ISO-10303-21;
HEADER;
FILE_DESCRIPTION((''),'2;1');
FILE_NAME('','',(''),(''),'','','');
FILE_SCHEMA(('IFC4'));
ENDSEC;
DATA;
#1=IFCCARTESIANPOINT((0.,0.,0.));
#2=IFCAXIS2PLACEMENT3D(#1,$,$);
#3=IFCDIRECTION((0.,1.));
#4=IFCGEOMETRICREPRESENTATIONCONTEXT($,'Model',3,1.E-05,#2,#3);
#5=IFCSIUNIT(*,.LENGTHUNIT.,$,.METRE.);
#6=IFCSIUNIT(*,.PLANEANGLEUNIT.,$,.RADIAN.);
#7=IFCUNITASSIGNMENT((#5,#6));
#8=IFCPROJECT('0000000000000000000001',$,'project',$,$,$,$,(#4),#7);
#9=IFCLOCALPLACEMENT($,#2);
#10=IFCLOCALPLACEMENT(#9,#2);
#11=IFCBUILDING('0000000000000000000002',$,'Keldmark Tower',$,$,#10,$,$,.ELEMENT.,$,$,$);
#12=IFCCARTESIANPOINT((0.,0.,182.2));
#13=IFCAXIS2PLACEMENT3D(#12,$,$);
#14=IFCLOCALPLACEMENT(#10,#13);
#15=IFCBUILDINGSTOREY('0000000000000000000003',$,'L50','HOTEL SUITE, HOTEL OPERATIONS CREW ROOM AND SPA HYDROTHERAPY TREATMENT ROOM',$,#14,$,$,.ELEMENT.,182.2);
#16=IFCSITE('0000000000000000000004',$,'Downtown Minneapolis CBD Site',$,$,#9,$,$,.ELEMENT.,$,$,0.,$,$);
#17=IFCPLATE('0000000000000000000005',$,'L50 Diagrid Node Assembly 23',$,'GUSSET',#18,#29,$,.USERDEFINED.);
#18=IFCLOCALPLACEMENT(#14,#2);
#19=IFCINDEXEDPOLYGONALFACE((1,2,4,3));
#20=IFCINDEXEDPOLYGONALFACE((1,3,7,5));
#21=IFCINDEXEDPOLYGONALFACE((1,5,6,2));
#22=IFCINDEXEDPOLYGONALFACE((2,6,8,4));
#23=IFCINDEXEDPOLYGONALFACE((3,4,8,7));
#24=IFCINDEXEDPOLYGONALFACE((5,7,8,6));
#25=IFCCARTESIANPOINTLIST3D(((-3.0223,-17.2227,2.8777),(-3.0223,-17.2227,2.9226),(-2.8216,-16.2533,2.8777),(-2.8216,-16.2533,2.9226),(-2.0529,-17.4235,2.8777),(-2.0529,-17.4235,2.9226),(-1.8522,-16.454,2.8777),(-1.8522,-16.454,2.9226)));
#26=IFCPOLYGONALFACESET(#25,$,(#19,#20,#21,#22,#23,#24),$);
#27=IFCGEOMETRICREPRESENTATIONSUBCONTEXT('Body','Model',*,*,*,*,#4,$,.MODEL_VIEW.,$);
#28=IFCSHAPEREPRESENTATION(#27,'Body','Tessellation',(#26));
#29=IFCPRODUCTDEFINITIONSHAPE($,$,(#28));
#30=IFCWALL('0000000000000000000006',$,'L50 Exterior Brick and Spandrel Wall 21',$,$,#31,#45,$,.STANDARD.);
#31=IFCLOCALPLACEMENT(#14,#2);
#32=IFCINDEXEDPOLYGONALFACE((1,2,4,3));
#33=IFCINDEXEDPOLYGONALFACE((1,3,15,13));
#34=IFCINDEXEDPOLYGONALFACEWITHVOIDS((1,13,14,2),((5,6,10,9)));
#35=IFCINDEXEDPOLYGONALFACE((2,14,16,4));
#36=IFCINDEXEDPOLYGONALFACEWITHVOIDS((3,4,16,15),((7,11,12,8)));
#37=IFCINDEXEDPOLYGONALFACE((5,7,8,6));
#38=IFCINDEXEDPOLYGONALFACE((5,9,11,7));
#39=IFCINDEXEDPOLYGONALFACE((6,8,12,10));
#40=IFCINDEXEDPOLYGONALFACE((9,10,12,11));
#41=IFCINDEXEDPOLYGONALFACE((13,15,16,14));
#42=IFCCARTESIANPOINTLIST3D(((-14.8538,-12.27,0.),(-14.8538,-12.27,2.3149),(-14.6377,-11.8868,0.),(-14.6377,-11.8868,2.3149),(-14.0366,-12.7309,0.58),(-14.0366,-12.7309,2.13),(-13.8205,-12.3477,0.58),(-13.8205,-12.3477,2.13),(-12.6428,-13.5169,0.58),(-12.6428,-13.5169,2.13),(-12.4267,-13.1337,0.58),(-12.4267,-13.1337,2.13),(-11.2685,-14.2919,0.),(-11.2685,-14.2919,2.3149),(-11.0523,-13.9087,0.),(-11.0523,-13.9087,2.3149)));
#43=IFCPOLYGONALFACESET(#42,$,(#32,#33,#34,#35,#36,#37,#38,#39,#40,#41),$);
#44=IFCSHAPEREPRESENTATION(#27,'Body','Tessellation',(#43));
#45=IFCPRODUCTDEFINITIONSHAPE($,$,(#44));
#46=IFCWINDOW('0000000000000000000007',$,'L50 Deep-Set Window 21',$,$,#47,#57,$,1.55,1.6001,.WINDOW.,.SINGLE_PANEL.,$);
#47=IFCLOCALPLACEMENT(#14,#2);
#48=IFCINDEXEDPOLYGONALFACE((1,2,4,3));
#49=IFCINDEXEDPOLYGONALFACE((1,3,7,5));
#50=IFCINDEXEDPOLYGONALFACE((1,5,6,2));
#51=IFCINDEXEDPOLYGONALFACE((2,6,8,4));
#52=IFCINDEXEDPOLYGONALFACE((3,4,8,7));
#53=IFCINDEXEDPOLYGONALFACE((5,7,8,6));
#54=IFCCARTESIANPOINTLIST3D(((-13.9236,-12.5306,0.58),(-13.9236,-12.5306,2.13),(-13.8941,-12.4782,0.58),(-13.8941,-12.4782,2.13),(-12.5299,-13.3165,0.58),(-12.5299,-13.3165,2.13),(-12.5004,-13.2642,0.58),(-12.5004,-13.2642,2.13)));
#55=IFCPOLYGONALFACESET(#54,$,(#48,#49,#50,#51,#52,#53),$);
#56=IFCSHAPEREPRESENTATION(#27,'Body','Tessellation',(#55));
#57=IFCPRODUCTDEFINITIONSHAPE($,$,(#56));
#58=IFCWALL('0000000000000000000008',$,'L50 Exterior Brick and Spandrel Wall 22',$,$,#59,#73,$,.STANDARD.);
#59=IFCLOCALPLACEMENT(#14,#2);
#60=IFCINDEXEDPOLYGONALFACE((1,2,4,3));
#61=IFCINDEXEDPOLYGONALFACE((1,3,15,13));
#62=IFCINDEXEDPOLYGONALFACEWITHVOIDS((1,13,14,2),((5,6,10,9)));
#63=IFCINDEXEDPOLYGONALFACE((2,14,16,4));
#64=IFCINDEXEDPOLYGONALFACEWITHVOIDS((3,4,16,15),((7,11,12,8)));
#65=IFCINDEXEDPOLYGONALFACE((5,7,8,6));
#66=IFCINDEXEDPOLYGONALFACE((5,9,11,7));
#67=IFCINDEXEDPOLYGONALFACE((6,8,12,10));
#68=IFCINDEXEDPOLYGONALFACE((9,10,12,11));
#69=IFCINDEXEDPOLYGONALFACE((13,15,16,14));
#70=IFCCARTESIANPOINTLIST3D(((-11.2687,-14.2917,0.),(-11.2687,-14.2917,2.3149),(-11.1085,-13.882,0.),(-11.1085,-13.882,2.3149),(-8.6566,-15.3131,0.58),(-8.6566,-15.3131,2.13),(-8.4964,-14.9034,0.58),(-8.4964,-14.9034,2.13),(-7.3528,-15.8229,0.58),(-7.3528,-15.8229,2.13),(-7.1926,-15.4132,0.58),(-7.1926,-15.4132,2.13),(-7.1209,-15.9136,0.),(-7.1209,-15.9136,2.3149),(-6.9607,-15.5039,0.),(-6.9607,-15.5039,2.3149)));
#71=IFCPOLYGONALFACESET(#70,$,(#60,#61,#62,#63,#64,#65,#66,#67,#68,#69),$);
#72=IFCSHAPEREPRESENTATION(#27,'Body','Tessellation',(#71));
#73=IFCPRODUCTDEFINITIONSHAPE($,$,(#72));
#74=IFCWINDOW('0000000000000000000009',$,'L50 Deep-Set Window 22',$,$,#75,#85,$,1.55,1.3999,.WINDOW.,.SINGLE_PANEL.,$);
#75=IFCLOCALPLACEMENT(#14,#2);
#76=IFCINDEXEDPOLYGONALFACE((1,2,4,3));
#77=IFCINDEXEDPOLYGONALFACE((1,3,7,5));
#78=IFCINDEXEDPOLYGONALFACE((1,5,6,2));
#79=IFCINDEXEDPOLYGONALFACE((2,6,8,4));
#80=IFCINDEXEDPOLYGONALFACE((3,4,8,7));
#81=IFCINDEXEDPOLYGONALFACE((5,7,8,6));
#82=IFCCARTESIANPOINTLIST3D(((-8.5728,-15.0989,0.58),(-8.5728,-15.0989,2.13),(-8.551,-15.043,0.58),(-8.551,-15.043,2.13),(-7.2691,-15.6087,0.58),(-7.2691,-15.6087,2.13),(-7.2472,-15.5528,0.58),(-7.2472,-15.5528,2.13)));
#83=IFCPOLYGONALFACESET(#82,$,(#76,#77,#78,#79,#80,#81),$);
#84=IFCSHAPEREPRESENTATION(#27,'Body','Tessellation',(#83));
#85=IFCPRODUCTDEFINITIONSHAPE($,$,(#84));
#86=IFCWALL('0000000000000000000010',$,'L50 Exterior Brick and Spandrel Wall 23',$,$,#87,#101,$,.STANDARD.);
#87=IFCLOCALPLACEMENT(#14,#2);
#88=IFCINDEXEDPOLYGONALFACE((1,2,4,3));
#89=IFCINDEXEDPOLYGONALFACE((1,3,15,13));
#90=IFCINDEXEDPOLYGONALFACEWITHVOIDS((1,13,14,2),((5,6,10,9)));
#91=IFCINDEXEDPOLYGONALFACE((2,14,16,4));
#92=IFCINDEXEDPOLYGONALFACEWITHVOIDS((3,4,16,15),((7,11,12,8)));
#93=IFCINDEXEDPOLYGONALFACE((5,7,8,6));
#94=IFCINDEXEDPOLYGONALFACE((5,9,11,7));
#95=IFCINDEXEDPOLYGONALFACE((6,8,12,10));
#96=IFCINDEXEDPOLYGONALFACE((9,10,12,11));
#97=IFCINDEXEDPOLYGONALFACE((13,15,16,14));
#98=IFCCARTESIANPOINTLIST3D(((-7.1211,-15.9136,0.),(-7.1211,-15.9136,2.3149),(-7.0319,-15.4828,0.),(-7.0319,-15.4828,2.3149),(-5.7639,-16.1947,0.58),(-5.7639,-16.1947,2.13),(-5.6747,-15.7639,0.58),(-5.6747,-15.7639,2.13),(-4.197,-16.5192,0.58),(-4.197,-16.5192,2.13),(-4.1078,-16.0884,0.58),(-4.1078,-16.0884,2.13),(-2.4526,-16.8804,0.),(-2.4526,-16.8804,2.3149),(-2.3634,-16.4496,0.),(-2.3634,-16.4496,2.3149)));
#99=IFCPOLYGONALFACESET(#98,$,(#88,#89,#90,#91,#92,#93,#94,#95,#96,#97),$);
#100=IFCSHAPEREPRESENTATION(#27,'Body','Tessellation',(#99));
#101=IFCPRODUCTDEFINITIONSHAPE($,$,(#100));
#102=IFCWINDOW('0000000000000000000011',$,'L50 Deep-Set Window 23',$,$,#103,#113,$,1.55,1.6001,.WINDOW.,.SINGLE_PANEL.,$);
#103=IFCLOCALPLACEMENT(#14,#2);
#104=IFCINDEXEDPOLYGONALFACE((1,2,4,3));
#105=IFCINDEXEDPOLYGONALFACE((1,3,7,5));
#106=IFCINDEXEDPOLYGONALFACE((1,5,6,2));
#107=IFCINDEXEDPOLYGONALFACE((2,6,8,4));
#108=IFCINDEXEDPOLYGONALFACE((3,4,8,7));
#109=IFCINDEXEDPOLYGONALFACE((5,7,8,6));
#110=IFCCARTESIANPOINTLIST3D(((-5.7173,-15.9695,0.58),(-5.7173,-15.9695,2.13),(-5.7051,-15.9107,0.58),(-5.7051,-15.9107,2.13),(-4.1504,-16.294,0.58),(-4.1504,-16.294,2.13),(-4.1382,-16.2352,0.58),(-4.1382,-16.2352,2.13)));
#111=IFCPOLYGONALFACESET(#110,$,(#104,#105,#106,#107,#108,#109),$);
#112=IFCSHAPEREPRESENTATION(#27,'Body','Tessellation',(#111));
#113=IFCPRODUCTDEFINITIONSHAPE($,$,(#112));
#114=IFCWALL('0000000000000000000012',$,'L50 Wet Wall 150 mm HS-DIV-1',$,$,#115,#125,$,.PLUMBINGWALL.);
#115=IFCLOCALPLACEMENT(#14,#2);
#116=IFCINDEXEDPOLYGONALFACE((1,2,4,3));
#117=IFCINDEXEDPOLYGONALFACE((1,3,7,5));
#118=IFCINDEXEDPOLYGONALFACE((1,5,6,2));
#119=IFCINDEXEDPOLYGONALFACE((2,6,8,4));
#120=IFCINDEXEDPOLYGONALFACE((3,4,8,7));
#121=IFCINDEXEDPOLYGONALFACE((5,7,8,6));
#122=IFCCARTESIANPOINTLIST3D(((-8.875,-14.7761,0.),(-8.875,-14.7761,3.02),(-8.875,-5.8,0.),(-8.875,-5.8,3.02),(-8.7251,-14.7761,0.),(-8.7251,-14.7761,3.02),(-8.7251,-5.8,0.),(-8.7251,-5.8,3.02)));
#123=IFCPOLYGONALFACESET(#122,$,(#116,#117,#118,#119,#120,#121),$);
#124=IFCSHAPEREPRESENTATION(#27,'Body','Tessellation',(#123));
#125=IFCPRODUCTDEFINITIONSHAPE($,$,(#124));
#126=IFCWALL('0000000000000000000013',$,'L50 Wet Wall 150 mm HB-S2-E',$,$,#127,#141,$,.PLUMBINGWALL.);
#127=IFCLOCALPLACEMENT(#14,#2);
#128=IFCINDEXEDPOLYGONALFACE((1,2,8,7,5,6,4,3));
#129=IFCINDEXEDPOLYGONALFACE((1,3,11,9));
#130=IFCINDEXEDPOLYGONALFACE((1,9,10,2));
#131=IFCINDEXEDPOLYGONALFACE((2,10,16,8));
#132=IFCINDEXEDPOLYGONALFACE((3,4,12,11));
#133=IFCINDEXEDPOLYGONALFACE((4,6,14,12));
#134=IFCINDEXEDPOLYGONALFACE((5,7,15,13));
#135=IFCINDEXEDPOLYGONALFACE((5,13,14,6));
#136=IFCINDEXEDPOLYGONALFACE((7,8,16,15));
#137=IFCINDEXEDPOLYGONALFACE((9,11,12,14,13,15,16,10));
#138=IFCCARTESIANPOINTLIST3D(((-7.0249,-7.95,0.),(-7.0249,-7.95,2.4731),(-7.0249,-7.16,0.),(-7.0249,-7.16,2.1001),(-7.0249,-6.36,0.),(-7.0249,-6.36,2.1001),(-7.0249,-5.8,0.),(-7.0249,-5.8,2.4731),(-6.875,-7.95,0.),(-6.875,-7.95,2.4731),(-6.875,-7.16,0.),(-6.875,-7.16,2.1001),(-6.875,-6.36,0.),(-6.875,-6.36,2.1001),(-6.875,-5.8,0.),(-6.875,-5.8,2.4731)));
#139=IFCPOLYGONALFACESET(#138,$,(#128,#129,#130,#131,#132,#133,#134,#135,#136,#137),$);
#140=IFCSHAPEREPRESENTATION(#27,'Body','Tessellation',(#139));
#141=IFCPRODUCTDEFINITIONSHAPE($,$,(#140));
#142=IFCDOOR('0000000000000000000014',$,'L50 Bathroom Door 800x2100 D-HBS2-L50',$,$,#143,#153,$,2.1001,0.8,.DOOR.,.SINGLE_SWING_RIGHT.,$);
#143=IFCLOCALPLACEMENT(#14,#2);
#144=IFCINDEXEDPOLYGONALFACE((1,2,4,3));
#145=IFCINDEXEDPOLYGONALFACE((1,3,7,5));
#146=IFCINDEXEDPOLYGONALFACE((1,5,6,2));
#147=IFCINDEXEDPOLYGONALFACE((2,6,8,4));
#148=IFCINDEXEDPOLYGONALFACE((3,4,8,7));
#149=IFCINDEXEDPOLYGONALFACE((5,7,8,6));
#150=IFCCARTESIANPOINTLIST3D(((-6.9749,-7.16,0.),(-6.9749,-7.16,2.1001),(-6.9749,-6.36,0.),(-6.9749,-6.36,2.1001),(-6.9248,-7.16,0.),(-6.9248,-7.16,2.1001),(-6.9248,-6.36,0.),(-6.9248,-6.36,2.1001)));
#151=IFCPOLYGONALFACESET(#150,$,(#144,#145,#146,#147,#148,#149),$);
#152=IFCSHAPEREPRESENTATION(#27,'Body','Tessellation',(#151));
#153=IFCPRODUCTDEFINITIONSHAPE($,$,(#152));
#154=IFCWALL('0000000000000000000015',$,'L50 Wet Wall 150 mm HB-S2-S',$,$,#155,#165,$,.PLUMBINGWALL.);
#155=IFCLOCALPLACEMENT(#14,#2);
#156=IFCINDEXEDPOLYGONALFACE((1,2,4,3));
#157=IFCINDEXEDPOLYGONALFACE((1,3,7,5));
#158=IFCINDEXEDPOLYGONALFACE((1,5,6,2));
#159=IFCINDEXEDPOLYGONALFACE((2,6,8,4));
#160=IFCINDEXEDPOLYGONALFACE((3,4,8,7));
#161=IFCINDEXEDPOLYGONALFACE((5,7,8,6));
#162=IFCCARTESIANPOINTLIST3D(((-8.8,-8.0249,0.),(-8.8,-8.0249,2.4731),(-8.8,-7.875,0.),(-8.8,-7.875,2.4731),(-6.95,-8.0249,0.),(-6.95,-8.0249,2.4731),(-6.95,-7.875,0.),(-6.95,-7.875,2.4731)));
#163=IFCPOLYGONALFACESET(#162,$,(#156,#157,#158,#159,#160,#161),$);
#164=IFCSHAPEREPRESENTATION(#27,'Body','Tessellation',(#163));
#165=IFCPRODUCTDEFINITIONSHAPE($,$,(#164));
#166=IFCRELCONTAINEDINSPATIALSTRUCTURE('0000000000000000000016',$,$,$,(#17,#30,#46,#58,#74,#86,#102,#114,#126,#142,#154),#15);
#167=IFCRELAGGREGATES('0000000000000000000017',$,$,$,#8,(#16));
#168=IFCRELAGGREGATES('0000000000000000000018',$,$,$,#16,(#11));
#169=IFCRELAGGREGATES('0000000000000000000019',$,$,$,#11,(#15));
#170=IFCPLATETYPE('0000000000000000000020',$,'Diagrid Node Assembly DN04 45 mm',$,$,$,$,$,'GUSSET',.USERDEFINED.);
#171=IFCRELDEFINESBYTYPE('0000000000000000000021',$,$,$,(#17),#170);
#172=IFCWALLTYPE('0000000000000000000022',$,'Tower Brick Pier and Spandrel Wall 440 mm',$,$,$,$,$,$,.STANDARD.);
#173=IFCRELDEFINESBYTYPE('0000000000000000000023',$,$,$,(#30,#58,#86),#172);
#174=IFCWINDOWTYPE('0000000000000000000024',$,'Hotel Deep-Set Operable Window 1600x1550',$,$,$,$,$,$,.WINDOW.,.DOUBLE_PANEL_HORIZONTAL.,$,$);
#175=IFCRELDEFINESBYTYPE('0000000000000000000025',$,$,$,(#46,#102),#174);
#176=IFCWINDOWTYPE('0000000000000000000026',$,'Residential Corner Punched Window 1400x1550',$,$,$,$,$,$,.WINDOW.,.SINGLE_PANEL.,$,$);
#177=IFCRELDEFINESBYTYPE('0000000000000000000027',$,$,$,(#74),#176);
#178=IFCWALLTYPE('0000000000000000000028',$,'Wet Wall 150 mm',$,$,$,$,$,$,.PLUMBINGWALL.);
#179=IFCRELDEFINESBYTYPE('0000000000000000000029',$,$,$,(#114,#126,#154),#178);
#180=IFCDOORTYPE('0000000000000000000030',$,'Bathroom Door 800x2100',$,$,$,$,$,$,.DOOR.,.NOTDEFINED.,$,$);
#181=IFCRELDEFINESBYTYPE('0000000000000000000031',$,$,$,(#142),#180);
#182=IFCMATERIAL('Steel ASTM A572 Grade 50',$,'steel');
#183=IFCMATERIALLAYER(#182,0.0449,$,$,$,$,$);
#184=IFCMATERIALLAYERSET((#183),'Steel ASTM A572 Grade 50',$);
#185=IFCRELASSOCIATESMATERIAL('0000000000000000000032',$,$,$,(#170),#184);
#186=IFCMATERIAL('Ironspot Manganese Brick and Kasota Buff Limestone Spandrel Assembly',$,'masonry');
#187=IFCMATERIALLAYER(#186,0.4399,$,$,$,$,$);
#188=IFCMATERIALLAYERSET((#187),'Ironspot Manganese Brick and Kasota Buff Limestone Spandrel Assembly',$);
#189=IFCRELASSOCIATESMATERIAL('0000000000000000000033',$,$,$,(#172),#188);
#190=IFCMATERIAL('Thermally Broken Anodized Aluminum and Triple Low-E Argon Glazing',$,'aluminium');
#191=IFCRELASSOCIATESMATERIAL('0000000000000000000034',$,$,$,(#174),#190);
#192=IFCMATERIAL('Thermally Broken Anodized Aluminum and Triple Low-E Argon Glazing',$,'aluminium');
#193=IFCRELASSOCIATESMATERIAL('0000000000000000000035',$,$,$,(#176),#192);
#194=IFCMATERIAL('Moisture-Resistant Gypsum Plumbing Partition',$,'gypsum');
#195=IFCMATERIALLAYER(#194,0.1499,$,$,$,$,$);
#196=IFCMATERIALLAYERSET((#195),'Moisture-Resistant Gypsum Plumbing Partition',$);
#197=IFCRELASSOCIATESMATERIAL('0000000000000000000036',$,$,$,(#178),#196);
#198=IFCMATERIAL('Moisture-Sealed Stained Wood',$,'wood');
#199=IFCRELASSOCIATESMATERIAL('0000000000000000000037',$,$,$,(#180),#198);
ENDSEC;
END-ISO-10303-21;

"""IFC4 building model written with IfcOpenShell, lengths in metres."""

from ifc_helpers import new_model, si_unit, direction, frame, frame_2d, origin, origin_2d, place, context, subcontext, project, spatial, rectangle, extrude, material, layer, layer_set, type_object, element, fill, save


model = new_model("IFC4")

# Units and contexts
model_context = context("Model", 3, precision=1e-05, world=origin(), true_north=direction((0.0, 1.0)))
body_context = subcontext(model_context, "Body", "Model", "MODEL_VIEW")
ifc_project = project(units=[si_unit("LENGTHUNIT", "METRE"), si_unit("PLANEANGLEUNIT", "RADIAN")], contexts=[model_context])

# Site, building, storey
site_placement = place(None, origin())
site = spatial("IfcSite", under=ifc_project, at=site_placement, Name="Downtown Minneapolis CBD Site", CompositionType="ELEMENT", RefElevation=0.0)
building_placement = place(site_placement, origin())
building = spatial("IfcBuilding", under=site, at=building_placement, Name="Keldmark Tower", CompositionType="ELEMENT")
storey_placement = place(building_placement, frame((0.0, 0.0, 182.2)))
storey = spatial("IfcBuildingStorey", under=building, at=storey_placement, Name="L50", Description="HOTEL SUITE, HOTEL OPERATIONS CREW ROOM AND SPA HYDROTHERAPY TREATMENT ROOM", CompositionType="ELEMENT", Elevation=182.2)

# Plate
ifc_material_1 = material(Name="Steel ASTM A572 Grade 50", Category="steel")
ifc_layer_1 = layer(ifc_material_1, 0.0449)
ifc_layer_set_1 = layer_set([ifc_layer_1], Name="Steel ASTM A572 Grade 50")
plate_type = type_object("IfcPlateType", Name="Diagrid Node Assembly DN04 45 mm", ElementType="GUSSET", PredefinedType="USERDEFINED", material=ifc_layer_set_1)
for number, where, z_axis, x_axis, name in (
    (1, (-2.4373, -16.8384, 2.8777), (0.0, 0.0, 1.0), (0.979223, -0.202787, 0.0), "L50 Diagrid Node Assembly 23"),
):
    element("IfcPlate", number, at=place(storey_placement, frame(where, z_axis=z_axis, x_axis=x_axis)), inside=storey, type_object=plate_type, Name=name, ObjectType="GUSSET", PredefinedType="USERDEFINED", context=body_context, shape_type="SweptSolid", body=[
        extrude(rectangle(XDim=0.99, YDim=0.99, at=origin_2d()), origin(), (0.0, 0.0, 1.0), 0.0449),
    ])

# Walls, openings, windows
ifc_material_2 = material(Name="Ironspot Manganese Brick and Kasota Buff Limestone Spandrel Assembly", Category="masonry")
ifc_layer_2 = layer(ifc_material_2, 0.4399)
ifc_layer_set_2 = layer_set([ifc_layer_2], Name="Ironspot Manganese Brick and Kasota Buff Limestone Spandrel Assembly")
wall_type_1 = type_object("IfcWallType", Name="Tower Brick Pier and Spandrel Wall 440 mm", PredefinedType="STANDARD", material=ifc_layer_set_2)
wall_1_placement = place(storey_placement, frame((-11.1604, -14.1003, 0.0), z_axis=(0.0, 0.0, 1.0), x_axis=(-0.87104, 0.491213, 0.0)))
wall_1 = element("IfcWall", 2, at=wall_1_placement, inside=storey, type_object=wall_type_1, Name="L50 Exterior Brick and Spandrel Wall 21", PredefinedType="STANDARD", context=body_context, shape_type="SweptSolid", body=[
    extrude(rectangle(XDim=4.1162, YDim=0.4399, at=frame_2d((2.0581, 0.0))), origin(), (0.0, 0.0, 1.0), 2.3149),
])
opening_1_placement = place(wall_1_placement, frame((1.5779, 0.0, 0.5801)))
opening_1 = element("IfcOpeningElement", 3, at=opening_1_placement, cuts=wall_1, PredefinedType="OPENING", context=body_context, shape_type="SweptSolid", body=[
    extrude(rectangle(XDim=1.6001, YDim=1.55, at=frame_2d((0.8, 0.7749))), frame((0.0, 0.23, 0.0), z_axis=(0.0, -1.0, 0.0), x_axis=(1.0, 0.0, 0.0)), (0.0, 0.0, 1.0), 0.46),
])
ifc_material_3 = material(Name="Thermally Broken Anodized Aluminum and Triple Low-E Argon Glazing", Category="aluminium")
window_type_1 = type_object("IfcWindowType", Name="Hotel Deep-Set Operable Window 1600x1550", PartitioningType="DOUBLE_PANEL_HORIZONTAL", PredefinedType="WINDOW", material=ifc_material_3)
window_1_placement = place(opening_1_placement, origin())
window_1 = element("IfcWindow", 4, at=window_1_placement, inside=storey, type_object=window_type_1, Name="L50 Deep-Set Window 21", OverallHeight=1.55, OverallWidth=1.6001, PartitioningType="SINGLE_PANEL", PredefinedType="WINDOW", context=body_context, shape_type="SweptSolid", body=[
    extrude(rectangle(XDim=1.6001, YDim=1.55, at=frame_2d((0.8, 0.7749))), frame((0.0, -0.01, 0.0), z_axis=(0.0, -1.0, 0.0), x_axis=(1.0, 0.0, 0.0)), (0.0, 0.0, 1.0), 0.0601),
])
fill(opening_1, window_1)
wall_2_placement = place(storey_placement, frame((-7.0408, -15.7087, 0.0), z_axis=(0.0, 0.0, 1.0), x_axis=(-0.931333, 0.364168, 0.0)))
wall_2 = element("IfcWall", 5, at=wall_2_placement, inside=storey, type_object=wall_type_1, Name="L50 Exterior Brick and Spandrel Wall 22", PredefinedType="STANDARD", context=body_context, shape_type="SweptSolid", body=[
    extrude(rectangle(XDim=4.4536, YDim=0.4399, at=frame_2d((2.2268, 0.0))), origin(), (0.0, 0.0, 1.0), 2.3149),
])
opening_2_placement = place(wall_2_placement, frame((0.249, 0.0, 0.5801)))
opening_2 = element("IfcOpeningElement", 6, at=opening_2_placement, cuts=wall_2, PredefinedType="OPENING", context=body_context, shape_type="SweptSolid", body=[
    extrude(rectangle(XDim=1.3999, YDim=1.55, at=frame_2d((0.7, 0.7749))), frame((0.0, 0.23, 0.0), z_axis=(0.0, -1.0, 0.0), x_axis=(1.0, 0.0, 0.0)), (0.0, 0.0, 1.0), 0.46),
])
ifc_material_4 = material(Name="Thermally Broken Anodized Aluminum and Triple Low-E Argon Glazing", Category="aluminium")
window_type_2 = type_object("IfcWindowType", Name="Residential Corner Punched Window 1400x1550", PartitioningType="SINGLE_PANEL", PredefinedType="WINDOW", material=ifc_material_4)
window_2_placement = place(opening_2_placement, origin())
window_2 = element("IfcWindow", 7, at=window_2_placement, inside=storey, type_object=window_type_2, Name="L50 Deep-Set Window 22", OverallHeight=1.55, OverallWidth=1.3999, PartitioningType="SINGLE_PANEL", PredefinedType="WINDOW", context=body_context, shape_type="SweptSolid", body=[
    extrude(rectangle(XDim=1.3999, YDim=1.55, at=frame_2d((0.7, 0.7749))), frame((0.0, -0.01, 0.0), z_axis=(0.0, -1.0, 0.0), x_axis=(1.0, 0.0, 0.0)), (0.0, 0.0, 1.0), 0.0601),
])
fill(opening_2, window_2)
wall_3_placement = place(storey_placement, frame((-2.408, -16.665, 0.0), z_axis=(0.0, 0.0, 1.0), x_axis=(-0.979223, 0.202788, 0.0)))
wall_3 = element("IfcWall", 8, at=wall_3_placement, inside=storey, type_object=wall_type_1, Name="L50 Exterior Brick and Spandrel Wall 23", PredefinedType="STANDARD", context=body_context, shape_type="SweptSolid", body=[
    extrude(rectangle(XDim=4.7676, YDim=0.4399, at=frame_2d((2.3838, 0.0))), origin(), (0.0, 0.0, 1.0), 2.3149),
])
opening_3_placement = place(wall_3_placement, frame((1.7815, 0.0, 0.5801)))
opening_3 = element("IfcOpeningElement", 9, at=opening_3_placement, cuts=wall_3, PredefinedType="OPENING", context=body_context, shape_type="SweptSolid", body=[
    extrude(rectangle(XDim=1.6001, YDim=1.55, at=frame_2d((0.8, 0.7749))), frame((0.0, 0.23, 0.0), z_axis=(0.0, -1.0, 0.0), x_axis=(1.0, 0.0, 0.0)), (0.0, 0.0, 1.0), 0.46),
])
window_3_placement = place(opening_3_placement, origin())
window_3 = element("IfcWindow", 10, at=window_3_placement, inside=storey, type_object=window_type_1, Name="L50 Deep-Set Window 23", OverallHeight=1.55, OverallWidth=1.6001, PartitioningType="SINGLE_PANEL", PredefinedType="WINDOW", context=body_context, shape_type="SweptSolid", body=[
    extrude(rectangle(XDim=1.6001, YDim=1.55, at=frame_2d((0.8, 0.7749))), frame((0.0, -0.01, 0.0), z_axis=(0.0, -1.0, 0.0), x_axis=(1.0, 0.0, 0.0)), (0.0, 0.0, 1.0), 0.0601),
])
fill(opening_3, window_3)

# Wall
ifc_material_5 = material(Name="Moisture-Resistant Gypsum Plumbing Partition", Category="gypsum")
ifc_layer_3 = layer(ifc_material_5, 0.1499)
ifc_layer_set_3 = layer_set([ifc_layer_3], Name="Moisture-Resistant Gypsum Plumbing Partition")
wall_type_2 = type_object("IfcWallType", Name="Wet Wall 150 mm", PredefinedType="PLUMBINGWALL", material=ifc_layer_set_3)
wall_4_placement = place(storey_placement, frame((-8.8, -14.7761, 0.0), z_axis=(0.0, 0.0, 1.0), x_axis=(0.0, 1.0, 0.0)))
element("IfcWall", 11, at=wall_4_placement, inside=storey, type_object=wall_type_2, Name="L50 Wet Wall 150 mm HS-DIV-1", PredefinedType="PLUMBINGWALL", context=body_context, shape_type="SweptSolid", body=[
    extrude(rectangle(XDim=8.9761, YDim=0.1499, at=frame_2d((4.488, 0.0))), origin(), (0.0, 0.0, 1.0), 3.02),
])

# Wall, opening, door
wall_5_placement = place(storey_placement, frame((-6.95, -7.95, 0.0), z_axis=(0.0, 0.0, 1.0), x_axis=(0.0, 1.0, 0.0)))
wall_5 = element("IfcWall", 12, at=wall_5_placement, inside=storey, type_object=wall_type_2, Name="L50 Wet Wall 150 mm HB-S2-E", PredefinedType="PLUMBINGWALL", context=body_context, shape_type="SweptSolid", body=[
    extrude(rectangle(XDim=2.1499, YDim=0.1499, at=frame_2d((1.075, 0.0))), origin(), (0.0, 0.0, 1.0), 2.4731),
])
opening_4_placement = place(wall_5_placement, frame((0.79, 0.0, 0.0)))
opening_4 = element("IfcOpeningElement", 13, at=opening_4_placement, cuts=wall_5, PredefinedType="OPENING", context=body_context, shape_type="SweptSolid", body=[
    extrude(rectangle(XDim=0.8, YDim=2.1001, at=frame_2d((0.3999, 1.05))), frame((0.0, 0.085, 0.0), z_axis=(0.0, -1.0, 0.0), x_axis=(1.0, 0.0, 0.0)), (0.0, 0.0, 1.0), 0.1699),
])
ifc_material_6 = material(Name="Moisture-Sealed Stained Wood", Category="wood")
door_type = type_object("IfcDoorType", Name="Bathroom Door 800x2100", OperationType="NOTDEFINED", PredefinedType="DOOR", material=ifc_material_6)
door_placement = place(opening_4_placement, origin())
door = element("IfcDoor", 14, at=door_placement, inside=storey, type_object=door_type, Name="L50 Bathroom Door 800x2100 D-HBS2-L50", OperationType="SINGLE_SWING_RIGHT", OverallHeight=2.1001, OverallWidth=0.8, PredefinedType="DOOR", context=body_context, shape_type="SweptSolid", body=[
    extrude(rectangle(XDim=0.8, YDim=2.1001, at=frame_2d((0.3999, 1.05))), frame((0.0, 0.0249, 0.0), z_axis=(0.0, -1.0, 0.0), x_axis=(1.0, 0.0, 0.0)), (0.0, 0.0, 1.0), 0.05),
])
fill(opening_4, door)

# Wall
wall_6_placement = place(storey_placement, frame((-8.8, -7.95, 0.0), z_axis=(0.0, 0.0, 1.0), x_axis=(1.0, 0.0, 0.0)))
element("IfcWall", 15, at=wall_6_placement, inside=storey, type_object=wall_type_2, Name="L50 Wet Wall 150 mm HB-S2-S", PredefinedType="PLUMBINGWALL", context=body_context, shape_type="SweptSolid", body=[
    extrude(rectangle(XDim=1.8501, YDim=0.1499, at=frame_2d((0.925, 0.0))), origin(), (0.0, 0.0, 1.0), 2.4731),
])

save(model, "model.ifc")
